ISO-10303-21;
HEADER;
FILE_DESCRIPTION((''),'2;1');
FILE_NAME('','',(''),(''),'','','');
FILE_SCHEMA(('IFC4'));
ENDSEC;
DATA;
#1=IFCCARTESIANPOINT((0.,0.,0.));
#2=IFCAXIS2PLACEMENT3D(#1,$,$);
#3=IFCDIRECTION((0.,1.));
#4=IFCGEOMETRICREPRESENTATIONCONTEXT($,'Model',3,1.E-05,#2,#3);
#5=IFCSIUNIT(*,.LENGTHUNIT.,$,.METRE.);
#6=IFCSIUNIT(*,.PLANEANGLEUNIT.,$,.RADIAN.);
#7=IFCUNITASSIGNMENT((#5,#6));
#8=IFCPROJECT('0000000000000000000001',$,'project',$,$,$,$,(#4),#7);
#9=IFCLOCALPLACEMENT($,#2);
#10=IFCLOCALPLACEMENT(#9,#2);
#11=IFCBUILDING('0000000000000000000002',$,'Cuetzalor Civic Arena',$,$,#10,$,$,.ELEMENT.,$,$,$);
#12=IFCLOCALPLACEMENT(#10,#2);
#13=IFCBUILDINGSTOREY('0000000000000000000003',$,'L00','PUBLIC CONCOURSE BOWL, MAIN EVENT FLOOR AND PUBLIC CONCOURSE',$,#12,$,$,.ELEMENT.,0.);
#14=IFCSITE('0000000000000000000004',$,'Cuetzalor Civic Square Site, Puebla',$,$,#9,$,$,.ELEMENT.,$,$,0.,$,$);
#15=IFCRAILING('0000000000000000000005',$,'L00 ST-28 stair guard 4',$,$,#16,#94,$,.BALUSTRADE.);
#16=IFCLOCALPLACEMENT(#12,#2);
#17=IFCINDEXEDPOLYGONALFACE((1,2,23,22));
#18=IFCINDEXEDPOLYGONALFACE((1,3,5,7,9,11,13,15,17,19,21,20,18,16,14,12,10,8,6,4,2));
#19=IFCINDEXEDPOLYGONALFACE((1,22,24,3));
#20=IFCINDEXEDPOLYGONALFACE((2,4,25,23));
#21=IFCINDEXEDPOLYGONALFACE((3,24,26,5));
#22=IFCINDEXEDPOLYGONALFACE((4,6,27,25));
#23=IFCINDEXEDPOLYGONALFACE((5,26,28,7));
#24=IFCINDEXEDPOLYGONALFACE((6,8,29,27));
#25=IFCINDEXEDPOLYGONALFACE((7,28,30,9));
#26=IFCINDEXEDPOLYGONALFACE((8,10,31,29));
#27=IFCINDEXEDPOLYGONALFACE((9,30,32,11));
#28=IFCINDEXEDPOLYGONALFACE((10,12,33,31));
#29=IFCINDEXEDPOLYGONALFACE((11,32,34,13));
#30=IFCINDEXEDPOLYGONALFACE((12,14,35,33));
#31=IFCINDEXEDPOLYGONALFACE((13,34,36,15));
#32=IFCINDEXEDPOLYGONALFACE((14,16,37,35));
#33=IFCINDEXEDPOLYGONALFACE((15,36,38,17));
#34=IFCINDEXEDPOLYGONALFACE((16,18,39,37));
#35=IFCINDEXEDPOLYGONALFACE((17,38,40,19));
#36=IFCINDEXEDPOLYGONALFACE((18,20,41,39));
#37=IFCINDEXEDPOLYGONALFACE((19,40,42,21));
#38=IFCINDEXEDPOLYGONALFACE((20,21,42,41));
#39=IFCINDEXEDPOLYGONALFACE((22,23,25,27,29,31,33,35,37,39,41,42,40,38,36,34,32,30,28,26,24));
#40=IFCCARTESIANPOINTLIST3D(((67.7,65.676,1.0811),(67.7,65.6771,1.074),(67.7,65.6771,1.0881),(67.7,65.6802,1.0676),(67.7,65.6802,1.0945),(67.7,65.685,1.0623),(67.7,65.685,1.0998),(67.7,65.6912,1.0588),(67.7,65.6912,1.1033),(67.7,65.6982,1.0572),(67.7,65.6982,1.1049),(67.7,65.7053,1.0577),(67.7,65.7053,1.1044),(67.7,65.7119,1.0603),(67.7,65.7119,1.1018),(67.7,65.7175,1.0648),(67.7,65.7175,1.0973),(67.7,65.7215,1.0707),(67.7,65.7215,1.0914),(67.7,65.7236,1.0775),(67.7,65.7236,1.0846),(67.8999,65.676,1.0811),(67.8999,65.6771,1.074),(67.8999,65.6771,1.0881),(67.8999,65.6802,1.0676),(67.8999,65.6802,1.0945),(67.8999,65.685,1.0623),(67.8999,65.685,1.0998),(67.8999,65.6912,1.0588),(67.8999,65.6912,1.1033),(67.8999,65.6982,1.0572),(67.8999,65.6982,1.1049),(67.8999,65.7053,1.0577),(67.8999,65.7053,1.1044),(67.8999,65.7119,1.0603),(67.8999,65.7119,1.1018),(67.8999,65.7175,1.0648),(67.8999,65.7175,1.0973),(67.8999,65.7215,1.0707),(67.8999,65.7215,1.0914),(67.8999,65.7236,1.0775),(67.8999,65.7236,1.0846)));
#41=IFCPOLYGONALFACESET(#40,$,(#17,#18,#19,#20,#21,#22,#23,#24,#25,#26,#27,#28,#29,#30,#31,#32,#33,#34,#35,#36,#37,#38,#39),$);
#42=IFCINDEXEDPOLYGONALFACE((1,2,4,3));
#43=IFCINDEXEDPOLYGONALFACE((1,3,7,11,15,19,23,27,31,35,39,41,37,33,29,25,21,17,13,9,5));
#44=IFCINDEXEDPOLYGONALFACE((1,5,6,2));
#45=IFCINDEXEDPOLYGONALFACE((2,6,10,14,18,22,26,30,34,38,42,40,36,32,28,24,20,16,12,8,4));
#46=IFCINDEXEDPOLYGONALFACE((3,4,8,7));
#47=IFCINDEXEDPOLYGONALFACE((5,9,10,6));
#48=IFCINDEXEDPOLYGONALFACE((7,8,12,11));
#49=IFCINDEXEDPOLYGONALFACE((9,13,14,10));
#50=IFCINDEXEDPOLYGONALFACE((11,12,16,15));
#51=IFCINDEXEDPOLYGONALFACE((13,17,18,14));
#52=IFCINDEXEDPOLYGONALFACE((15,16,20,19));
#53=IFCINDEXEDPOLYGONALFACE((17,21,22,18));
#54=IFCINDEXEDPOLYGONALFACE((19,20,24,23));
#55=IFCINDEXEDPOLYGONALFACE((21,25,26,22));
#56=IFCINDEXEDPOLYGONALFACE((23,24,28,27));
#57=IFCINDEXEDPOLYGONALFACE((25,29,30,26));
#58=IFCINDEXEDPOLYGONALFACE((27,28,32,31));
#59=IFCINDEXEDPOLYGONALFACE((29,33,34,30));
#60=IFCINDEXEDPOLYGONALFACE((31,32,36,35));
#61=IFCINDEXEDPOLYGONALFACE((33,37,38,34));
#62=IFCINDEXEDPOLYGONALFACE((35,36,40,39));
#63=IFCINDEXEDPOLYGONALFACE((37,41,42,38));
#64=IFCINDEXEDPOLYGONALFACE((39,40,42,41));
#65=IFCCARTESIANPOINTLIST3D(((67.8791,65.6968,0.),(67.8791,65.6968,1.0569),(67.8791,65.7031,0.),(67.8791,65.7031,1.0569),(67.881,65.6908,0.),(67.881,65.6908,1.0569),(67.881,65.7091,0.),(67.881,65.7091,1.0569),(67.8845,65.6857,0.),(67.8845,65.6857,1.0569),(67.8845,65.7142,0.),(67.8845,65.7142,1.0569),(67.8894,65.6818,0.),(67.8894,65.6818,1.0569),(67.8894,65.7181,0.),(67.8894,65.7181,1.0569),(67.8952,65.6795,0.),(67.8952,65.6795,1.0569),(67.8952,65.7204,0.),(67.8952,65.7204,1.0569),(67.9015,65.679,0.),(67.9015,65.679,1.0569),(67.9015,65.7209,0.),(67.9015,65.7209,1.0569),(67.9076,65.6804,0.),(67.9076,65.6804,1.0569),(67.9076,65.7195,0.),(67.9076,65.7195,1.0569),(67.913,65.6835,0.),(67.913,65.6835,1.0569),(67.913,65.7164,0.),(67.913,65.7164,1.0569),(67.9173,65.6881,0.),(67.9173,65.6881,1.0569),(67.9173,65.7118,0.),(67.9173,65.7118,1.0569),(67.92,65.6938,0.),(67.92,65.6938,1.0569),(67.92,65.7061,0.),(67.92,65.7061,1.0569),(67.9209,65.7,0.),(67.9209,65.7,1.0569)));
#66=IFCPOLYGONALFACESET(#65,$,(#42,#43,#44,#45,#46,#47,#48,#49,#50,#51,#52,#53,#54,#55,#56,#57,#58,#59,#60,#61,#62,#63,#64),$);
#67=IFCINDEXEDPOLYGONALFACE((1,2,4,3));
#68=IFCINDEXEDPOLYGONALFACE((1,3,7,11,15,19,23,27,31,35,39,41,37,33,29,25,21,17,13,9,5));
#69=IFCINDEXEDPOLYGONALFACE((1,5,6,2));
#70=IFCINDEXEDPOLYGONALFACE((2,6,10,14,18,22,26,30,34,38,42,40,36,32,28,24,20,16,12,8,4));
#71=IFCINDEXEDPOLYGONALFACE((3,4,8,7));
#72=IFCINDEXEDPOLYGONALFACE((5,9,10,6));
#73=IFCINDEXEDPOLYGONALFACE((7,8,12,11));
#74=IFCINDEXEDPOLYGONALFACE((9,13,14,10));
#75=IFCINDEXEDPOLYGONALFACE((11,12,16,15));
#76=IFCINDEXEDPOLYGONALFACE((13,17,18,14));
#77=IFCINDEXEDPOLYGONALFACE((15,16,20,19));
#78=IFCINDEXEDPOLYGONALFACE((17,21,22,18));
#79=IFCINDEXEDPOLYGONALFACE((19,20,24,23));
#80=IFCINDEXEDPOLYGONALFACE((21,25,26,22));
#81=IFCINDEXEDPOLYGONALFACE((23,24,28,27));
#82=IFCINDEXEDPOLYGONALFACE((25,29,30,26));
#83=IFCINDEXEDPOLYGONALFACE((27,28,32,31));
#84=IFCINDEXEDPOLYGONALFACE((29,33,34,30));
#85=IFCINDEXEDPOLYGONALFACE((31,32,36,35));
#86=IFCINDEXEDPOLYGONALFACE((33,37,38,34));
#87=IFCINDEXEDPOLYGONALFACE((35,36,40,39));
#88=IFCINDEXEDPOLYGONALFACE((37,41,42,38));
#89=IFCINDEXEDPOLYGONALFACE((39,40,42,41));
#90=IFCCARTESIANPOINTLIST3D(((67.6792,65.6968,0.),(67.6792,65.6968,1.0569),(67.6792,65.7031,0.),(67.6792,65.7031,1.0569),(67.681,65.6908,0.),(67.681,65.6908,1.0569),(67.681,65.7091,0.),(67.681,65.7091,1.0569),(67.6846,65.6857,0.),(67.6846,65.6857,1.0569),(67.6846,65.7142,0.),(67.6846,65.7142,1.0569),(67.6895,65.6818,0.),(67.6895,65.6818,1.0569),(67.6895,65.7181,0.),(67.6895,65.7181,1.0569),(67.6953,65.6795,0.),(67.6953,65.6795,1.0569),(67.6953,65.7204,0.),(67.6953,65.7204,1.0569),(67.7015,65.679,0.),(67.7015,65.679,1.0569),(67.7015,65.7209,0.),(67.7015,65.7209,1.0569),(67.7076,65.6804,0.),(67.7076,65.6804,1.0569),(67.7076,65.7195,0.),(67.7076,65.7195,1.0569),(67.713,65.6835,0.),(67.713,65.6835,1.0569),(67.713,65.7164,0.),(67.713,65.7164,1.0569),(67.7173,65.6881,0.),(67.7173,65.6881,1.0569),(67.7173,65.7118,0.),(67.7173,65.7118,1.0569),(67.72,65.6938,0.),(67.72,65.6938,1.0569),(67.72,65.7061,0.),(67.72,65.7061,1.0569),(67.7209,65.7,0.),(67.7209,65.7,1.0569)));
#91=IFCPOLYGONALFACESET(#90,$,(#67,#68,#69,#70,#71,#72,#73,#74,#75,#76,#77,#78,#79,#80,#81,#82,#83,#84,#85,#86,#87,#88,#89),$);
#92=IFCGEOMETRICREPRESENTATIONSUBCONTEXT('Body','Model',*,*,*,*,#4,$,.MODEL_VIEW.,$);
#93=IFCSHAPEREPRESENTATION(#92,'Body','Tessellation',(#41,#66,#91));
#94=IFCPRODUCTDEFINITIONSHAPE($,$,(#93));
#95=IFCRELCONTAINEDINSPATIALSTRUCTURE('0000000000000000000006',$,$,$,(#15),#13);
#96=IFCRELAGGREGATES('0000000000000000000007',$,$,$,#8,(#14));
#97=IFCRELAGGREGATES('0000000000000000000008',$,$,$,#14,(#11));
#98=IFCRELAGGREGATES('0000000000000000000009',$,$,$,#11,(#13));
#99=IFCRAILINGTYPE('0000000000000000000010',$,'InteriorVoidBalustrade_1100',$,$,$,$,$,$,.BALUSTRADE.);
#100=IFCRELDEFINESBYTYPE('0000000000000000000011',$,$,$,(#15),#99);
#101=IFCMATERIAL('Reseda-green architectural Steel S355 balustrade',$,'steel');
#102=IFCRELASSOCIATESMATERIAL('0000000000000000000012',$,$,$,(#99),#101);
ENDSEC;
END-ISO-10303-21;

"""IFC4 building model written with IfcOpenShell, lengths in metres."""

from ifc_helpers import new_model, si_unit, direction, frame, origin, origin_2d, place, context, subcontext, project, spatial, circle, extrude, material, type_object, element, save


model = new_model("IFC4")

# Units and contexts
model_context = context("Model", 3, precision=1e-05, world=origin(), true_north=direction((0.0, 1.0)))
body_context = subcontext(model_context, "Body", "Model", "MODEL_VIEW")
ifc_project = project(units=[si_unit("LENGTHUNIT", "METRE"), si_unit("PLANEANGLEUNIT", "RADIAN")], contexts=[model_context])

# Site, building, storey
site_placement = place(None, origin())
site = spatial("IfcSite", under=ifc_project, at=site_placement, Name="Cuetzalor Civic Square Site, Puebla", CompositionType="ELEMENT", RefElevation=0.0)
building_placement = place(site_placement, origin())
building = spatial("IfcBuilding", under=site, at=building_placement, Name="Cuetzalor Civic Arena", CompositionType="ELEMENT")
storey_placement = place(building_placement, origin())
storey = spatial("IfcBuildingStorey", under=building, at=storey_placement, Name="L00", Description="PUBLIC CONCOURSE BOWL, MAIN EVENT FLOOR AND PUBLIC CONCOURSE", CompositionType="ELEMENT", Elevation=0.0)

# Railing
ifc_material_1 = material(Name="Reseda-green architectural Steel S355 balustrade", Category="steel")
railing_type_1 = type_object("IfcRailingType", Name="InteriorVoidBalustrade_1100", PredefinedType="BALUSTRADE", material=ifc_material_1)
railing_1_placement = place(storey_placement, frame((67.8999, 65.7, 0.0)))
element("IfcRailing", 1, at=railing_1_placement, inside=storey, type_object=railing_type_1, Name="L00 ST-28 stair guard 4", PredefinedType="BALUSTRADE", context=body_context, shape_type="SweptSolid", body=[
    extrude(circle(Radius=0.0239, at=origin_2d()), frame((0.0, 0.0, 1.0811), z_axis=(-1.0, 0.0, 0.0), x_axis=(0.0, -1.0, 0.0)), (0.0, 0.0, 1.0), 0.2),
    extrude(circle(Radius=0.021, at=origin_2d()), origin(), (0.0, 0.0, 1.0), 1.0569),
    extrude(circle(Radius=0.021, at=origin_2d()), frame((-0.2, 0.0, 0.0)), (0.0, 0.0, 1.0), 1.0569),
])

save(model, "model.ifc")
